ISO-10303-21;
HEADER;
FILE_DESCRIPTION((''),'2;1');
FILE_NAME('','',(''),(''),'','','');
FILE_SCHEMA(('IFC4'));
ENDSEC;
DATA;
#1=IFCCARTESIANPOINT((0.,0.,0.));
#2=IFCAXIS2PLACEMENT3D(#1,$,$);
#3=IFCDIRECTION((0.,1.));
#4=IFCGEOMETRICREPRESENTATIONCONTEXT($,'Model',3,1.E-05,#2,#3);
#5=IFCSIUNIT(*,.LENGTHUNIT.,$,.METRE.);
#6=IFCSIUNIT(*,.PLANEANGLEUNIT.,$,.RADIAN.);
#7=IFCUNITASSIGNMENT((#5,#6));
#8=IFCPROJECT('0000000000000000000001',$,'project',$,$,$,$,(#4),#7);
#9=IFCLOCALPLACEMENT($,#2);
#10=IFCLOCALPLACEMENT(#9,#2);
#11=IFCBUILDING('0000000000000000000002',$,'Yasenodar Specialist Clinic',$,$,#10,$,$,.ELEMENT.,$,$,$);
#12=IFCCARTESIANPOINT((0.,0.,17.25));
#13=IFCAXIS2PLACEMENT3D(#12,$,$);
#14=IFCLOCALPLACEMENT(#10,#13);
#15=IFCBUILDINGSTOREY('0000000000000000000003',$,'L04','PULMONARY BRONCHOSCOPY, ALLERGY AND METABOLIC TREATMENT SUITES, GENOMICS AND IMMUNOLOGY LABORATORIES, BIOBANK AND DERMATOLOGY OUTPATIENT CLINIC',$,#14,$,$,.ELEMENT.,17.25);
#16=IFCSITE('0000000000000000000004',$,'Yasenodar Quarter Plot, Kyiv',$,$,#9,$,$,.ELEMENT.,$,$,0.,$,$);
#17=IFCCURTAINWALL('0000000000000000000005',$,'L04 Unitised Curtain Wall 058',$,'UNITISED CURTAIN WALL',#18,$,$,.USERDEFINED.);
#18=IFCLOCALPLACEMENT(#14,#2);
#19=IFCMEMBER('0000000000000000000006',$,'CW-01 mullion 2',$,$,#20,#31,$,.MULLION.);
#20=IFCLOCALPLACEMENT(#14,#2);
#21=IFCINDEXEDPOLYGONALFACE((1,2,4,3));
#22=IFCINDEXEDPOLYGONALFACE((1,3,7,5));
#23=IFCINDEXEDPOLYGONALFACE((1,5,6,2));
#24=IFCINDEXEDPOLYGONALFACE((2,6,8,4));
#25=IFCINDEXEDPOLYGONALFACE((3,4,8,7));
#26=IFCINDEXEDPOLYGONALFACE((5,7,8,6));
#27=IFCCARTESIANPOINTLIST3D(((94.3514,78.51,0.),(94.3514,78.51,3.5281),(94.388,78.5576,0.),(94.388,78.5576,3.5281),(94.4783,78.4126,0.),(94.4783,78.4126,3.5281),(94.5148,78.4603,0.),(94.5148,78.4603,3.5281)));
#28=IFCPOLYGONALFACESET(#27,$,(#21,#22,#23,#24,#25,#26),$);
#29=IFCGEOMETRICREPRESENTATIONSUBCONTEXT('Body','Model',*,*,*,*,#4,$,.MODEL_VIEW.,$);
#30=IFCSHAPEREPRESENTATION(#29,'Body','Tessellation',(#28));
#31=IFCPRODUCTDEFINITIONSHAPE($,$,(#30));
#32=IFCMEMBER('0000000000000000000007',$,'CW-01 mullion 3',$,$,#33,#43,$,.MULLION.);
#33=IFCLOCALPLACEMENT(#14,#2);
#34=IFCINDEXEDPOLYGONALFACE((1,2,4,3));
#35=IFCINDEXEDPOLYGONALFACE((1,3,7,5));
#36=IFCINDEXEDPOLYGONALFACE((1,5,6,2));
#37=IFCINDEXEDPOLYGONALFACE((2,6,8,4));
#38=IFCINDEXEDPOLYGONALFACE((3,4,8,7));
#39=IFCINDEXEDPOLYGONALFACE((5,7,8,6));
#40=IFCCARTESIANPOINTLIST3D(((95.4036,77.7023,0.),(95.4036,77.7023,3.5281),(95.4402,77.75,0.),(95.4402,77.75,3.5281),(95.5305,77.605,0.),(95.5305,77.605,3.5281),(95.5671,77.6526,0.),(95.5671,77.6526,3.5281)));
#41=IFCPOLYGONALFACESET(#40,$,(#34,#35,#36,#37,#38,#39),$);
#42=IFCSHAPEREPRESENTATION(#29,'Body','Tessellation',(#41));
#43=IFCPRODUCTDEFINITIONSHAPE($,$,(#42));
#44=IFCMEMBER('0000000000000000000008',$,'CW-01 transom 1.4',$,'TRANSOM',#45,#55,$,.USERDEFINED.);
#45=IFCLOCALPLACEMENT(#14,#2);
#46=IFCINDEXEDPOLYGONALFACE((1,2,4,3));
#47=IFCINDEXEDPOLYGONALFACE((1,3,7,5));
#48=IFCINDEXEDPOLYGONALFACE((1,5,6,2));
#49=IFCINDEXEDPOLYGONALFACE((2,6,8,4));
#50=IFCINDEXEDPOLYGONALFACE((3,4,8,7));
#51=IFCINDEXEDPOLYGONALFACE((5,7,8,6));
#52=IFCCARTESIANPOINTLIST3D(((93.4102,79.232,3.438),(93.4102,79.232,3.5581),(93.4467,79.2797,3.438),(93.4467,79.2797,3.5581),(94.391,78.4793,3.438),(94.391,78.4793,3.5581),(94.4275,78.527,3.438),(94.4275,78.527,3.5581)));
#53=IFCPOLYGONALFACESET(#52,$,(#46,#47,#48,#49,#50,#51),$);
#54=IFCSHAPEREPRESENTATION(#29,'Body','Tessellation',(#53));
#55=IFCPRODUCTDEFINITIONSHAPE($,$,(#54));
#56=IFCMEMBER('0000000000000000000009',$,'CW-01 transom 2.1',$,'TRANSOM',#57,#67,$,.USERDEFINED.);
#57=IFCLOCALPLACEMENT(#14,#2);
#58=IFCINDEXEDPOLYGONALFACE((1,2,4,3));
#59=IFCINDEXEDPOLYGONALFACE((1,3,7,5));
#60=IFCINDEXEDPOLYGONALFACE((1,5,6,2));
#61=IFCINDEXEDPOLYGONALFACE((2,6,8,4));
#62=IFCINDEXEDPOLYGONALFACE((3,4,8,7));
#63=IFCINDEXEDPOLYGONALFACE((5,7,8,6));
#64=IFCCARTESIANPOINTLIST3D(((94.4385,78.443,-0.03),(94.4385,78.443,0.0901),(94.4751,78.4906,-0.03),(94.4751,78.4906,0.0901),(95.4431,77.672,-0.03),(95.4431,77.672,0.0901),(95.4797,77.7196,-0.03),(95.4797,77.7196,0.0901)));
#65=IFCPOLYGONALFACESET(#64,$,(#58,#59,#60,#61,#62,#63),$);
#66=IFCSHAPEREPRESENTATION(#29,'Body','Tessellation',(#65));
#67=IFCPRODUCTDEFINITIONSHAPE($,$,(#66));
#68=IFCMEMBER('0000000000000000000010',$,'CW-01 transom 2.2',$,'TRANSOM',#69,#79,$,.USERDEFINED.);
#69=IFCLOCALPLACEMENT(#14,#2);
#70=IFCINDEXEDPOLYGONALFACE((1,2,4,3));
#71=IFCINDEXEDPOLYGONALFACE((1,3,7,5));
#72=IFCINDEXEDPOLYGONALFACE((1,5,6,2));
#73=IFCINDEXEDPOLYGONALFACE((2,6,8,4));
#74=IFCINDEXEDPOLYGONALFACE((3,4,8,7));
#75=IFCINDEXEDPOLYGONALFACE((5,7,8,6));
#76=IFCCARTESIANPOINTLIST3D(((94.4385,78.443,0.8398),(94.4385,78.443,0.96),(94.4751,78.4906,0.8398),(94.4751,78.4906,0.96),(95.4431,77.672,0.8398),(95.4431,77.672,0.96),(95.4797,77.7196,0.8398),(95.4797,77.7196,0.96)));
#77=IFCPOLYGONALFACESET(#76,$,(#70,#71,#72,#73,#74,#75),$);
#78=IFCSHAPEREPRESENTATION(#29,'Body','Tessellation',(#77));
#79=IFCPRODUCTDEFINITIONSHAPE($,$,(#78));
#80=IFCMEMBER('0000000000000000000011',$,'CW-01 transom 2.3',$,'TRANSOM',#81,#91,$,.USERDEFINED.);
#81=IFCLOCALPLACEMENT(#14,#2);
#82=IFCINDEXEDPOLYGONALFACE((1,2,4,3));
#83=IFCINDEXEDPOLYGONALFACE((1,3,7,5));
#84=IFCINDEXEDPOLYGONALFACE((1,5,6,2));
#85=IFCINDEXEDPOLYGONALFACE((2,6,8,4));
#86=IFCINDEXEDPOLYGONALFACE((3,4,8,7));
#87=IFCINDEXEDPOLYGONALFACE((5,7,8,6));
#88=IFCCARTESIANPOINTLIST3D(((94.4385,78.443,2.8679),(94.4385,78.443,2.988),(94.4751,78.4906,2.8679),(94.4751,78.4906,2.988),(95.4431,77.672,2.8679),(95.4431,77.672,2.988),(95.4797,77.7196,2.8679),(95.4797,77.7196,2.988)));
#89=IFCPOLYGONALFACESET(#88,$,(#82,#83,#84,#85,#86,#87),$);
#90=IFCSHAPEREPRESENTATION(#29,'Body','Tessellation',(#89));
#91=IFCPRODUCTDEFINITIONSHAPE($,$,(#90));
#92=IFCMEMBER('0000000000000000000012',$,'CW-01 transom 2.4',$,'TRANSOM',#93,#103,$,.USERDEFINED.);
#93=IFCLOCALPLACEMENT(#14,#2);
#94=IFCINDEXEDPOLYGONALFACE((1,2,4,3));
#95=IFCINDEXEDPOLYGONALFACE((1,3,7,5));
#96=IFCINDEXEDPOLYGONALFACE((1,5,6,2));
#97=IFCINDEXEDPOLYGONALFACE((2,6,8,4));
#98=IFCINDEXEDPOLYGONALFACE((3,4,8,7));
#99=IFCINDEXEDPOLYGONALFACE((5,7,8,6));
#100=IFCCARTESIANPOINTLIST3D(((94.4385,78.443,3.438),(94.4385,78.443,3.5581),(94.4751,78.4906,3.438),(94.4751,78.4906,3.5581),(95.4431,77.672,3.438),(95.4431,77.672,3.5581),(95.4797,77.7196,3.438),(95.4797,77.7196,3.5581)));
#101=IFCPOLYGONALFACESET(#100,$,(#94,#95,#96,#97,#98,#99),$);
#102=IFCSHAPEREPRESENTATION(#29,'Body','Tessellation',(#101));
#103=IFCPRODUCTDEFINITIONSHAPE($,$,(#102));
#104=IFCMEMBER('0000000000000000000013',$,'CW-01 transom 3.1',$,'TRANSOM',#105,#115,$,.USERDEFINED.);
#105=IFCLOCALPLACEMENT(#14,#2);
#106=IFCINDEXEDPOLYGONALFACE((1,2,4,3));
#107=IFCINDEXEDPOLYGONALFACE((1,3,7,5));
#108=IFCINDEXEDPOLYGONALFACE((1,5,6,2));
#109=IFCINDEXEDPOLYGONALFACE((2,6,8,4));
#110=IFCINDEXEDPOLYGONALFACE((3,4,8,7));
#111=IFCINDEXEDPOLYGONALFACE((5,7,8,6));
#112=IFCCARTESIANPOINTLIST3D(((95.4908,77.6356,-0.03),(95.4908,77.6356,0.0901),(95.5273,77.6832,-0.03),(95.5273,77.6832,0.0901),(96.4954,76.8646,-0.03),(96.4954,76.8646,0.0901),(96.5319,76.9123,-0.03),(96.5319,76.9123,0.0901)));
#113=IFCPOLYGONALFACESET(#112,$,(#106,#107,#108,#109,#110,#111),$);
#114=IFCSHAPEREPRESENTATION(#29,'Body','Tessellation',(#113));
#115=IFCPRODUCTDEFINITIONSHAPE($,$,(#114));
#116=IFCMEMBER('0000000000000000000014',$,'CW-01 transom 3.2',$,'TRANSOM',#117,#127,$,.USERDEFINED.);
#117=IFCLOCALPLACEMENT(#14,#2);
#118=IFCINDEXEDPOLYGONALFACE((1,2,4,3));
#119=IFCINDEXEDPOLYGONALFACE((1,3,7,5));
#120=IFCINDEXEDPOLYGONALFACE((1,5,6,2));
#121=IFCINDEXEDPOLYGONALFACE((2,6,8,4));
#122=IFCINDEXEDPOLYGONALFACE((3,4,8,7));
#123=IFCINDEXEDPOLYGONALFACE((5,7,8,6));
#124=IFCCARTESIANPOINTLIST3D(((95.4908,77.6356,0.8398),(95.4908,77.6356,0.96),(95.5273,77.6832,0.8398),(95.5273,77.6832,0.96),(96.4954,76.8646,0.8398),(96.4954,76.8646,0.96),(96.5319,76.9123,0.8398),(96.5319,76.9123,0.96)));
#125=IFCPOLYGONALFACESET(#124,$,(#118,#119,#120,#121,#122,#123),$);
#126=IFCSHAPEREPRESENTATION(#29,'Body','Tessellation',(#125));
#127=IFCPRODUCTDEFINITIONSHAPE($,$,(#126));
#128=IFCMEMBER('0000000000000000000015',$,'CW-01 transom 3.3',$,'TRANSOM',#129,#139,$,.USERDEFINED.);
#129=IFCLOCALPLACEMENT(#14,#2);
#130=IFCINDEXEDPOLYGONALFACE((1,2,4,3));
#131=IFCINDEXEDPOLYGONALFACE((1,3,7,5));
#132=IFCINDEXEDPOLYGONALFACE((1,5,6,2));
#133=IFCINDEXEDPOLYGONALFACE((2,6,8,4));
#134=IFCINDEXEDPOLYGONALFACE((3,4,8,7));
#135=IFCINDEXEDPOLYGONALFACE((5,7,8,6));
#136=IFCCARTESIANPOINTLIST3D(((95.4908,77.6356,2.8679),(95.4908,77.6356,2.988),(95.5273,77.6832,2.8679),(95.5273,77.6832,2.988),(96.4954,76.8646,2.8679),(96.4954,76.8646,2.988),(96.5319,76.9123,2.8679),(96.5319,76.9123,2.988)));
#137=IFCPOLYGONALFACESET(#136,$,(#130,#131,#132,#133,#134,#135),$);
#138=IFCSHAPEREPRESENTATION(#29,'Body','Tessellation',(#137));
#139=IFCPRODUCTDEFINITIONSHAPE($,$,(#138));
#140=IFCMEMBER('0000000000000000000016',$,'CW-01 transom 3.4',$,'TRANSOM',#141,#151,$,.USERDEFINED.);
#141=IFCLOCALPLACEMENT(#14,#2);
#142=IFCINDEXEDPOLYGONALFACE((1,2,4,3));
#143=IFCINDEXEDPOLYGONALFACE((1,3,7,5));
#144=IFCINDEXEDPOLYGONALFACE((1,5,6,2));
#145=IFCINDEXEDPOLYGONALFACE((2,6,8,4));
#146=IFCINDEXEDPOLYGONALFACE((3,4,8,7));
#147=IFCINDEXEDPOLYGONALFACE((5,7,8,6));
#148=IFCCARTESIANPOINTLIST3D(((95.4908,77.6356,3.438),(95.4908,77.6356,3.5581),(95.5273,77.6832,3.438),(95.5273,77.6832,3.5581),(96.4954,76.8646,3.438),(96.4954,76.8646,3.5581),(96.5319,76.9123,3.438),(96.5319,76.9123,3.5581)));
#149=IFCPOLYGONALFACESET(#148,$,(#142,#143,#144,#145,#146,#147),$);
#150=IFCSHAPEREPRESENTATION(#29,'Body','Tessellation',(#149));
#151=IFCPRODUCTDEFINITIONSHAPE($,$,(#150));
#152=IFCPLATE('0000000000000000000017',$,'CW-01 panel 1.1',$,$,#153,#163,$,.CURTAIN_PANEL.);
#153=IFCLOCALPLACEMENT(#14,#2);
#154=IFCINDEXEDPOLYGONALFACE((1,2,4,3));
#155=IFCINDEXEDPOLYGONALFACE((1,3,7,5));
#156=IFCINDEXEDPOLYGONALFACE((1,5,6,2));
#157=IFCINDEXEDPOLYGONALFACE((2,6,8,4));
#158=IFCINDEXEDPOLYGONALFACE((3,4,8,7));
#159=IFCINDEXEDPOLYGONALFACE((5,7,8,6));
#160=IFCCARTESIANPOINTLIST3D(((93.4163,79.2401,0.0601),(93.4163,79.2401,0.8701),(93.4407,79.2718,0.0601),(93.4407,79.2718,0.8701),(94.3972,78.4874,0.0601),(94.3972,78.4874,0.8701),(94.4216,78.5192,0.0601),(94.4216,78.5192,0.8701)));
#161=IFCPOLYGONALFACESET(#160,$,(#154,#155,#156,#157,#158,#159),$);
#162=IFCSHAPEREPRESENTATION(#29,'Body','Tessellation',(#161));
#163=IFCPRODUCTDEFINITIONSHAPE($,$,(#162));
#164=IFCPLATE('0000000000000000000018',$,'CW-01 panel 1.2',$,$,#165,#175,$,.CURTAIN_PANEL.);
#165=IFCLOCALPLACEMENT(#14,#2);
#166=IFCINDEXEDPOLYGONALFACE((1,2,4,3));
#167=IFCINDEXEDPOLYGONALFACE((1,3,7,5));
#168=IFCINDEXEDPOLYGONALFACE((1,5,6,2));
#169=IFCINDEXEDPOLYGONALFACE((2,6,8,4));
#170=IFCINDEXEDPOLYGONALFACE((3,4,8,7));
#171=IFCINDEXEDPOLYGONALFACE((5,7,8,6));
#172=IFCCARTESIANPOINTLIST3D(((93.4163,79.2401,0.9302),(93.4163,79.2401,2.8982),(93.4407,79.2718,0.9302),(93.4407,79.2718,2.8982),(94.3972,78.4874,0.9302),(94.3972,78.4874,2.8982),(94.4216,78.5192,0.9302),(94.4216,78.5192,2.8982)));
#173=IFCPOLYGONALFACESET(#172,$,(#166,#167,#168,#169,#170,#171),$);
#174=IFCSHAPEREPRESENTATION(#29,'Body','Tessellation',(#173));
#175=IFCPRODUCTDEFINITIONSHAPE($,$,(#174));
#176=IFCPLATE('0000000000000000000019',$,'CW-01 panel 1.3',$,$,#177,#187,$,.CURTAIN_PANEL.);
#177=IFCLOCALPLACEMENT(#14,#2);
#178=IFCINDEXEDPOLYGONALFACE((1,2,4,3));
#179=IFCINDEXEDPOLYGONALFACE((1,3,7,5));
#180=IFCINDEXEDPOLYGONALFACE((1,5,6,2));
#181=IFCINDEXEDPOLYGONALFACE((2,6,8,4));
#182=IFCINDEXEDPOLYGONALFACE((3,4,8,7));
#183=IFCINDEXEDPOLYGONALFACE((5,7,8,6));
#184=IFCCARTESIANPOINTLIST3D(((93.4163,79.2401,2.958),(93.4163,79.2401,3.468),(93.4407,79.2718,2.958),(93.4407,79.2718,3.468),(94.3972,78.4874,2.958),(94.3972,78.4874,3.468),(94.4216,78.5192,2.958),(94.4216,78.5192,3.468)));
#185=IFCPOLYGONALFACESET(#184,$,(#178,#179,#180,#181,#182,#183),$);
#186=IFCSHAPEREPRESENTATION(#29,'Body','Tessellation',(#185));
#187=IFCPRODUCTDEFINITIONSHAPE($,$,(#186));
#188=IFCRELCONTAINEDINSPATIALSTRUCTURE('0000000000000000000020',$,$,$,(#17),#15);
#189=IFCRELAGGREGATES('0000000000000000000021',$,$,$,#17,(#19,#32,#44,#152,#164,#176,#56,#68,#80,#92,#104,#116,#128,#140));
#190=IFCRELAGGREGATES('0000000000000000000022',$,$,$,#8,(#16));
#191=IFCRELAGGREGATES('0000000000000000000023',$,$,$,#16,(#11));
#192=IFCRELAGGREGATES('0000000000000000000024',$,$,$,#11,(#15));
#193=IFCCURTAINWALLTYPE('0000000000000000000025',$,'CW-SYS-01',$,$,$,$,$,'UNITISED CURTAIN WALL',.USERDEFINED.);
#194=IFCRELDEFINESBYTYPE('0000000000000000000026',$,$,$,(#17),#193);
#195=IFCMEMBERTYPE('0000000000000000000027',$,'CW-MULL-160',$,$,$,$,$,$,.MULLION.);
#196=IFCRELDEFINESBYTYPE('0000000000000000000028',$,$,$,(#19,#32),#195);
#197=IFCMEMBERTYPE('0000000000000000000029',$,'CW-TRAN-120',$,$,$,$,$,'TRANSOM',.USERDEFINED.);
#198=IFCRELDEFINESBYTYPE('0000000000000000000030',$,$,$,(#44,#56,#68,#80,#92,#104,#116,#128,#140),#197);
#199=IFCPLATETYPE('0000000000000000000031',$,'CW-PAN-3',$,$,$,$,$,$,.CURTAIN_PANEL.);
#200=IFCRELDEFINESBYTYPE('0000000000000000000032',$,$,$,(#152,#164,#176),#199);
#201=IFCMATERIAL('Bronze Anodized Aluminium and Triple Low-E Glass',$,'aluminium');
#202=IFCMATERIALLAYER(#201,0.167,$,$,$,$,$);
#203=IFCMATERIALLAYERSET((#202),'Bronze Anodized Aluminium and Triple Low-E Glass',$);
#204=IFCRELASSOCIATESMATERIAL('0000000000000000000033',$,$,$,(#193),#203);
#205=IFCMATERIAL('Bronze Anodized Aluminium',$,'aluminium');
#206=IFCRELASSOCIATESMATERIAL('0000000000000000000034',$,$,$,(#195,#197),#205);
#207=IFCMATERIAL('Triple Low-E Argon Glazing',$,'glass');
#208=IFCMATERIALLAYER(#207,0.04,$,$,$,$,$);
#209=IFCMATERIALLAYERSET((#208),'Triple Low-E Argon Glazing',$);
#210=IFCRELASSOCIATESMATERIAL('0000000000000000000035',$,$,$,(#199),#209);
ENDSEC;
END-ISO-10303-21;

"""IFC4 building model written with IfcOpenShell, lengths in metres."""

from ifc_helpers import new_model, si_unit, direction, frame, origin, origin_2d, place, context, subcontext, project, spatial, rectangle, extrude, material, layer, layer_set, material_profile, profile_set, type_object, element, aggregate, save


model = new_model("IFC4")

# Units and contexts
model_context = context("Model", 3, precision=1e-05, world=origin(), true_north=direction((0.0, 1.0)))
body_context = subcontext(model_context, "Body", "Model", "MODEL_VIEW")
ifc_project = project(units=[si_unit("LENGTHUNIT", "METRE"), si_unit("PLANEANGLEUNIT", "RADIAN")], contexts=[model_context])

# Site, building, storey
site_placement = place(None, origin())
site = spatial("IfcSite", under=ifc_project, at=site_placement, Name="Yasenodar Quarter Plot, Kyiv", CompositionType="ELEMENT", RefElevation=0.0)
building_placement = place(site_placement, origin())
building = spatial("IfcBuilding", under=site, at=building_placement, Name="Yasenodar Specialist Clinic", CompositionType="ELEMENT")
storey_placement = place(building_placement, frame((0.0, 0.0, 17.25)))
storey = spatial("IfcBuildingStorey", under=building, at=storey_placement, Name="L04", Description="PULMONARY BRONCHOSCOPY, ALLERGY AND METABOLIC TREATMENT SUITES, GENOMICS AND IMMUNOLOGY LABORATORIES, BIOBANK AND DERMATOLOGY OUTPATIENT CLINIC", CompositionType="ELEMENT", Elevation=17.25)

# Curtain wall, members, plates
ifc_material_1 = material(Name="Bronze Anodized Aluminium and Triple Low-E Glass", Category="aluminium")
ifc_layer_1 = layer(ifc_material_1, 0.167)
ifc_layer_set_1 = layer_set([ifc_layer_1], Name="Bronze Anodized Aluminium and Triple Low-E Glass")
curtain_wall_type = type_object("IfcCurtainWallType", Name="CW-SYS-01", ElementType="UNITISED CURTAIN WALL", PredefinedType="USERDEFINED", material=ifc_layer_set_1)
curtain_wall_placement = place(storey_placement, origin())
curtain_wall = element("IfcCurtainWall", 1, at=curtain_wall_placement, inside=storey, type_object=curtain_wall_type, Name="L04 Unitised Curtain Wall 058", ObjectType="UNITISED CURTAIN WALL", PredefinedType="USERDEFINED")
ifc_material_2 = material(Name="Bronze Anodized Aluminium", Category="aluminium")
ifc_material_profile_1 = material_profile(ifc_material_2, rectangle(XDim=0.0601, YDim=0.1599, at=origin_2d()), Name="CW-MULL 60x160")
ifc_profile_set_1 = profile_set([ifc_material_profile_1], Name="Bronze Anodized Aluminium")
member_type_1 = type_object("IfcMemberType", Name="CW-MULL-160", PredefinedType="MULLION", material=ifc_profile_set_1)
member_1_placement = place(storey_placement, frame((94.4331, 78.4851, 0.0), z_axis=(0.0, 0.0, 1.0), x_axis=(0.608752, 0.793361, 0.0)))
member_1 = element("IfcMember", 2, at=member_1_placement, type_object=member_type_1, Name="CW-01 mullion 2", PredefinedType="MULLION", context=body_context, shape_type="SweptSolid", body=[
    extrude(rectangle(XDim=0.0601, YDim=0.1599, at=origin_2d()), origin(), (0.0, 0.0, 1.0), 3.5281),
])
member_2_placement = place(storey_placement, frame((95.4854, 77.6775, 0.0), z_axis=(0.0, 0.0, 1.0), x_axis=(0.608752, 0.793361, 0.0)))
member_2 = element("IfcMember", 3, at=member_2_placement, type_object=member_type_1, Name="CW-01 mullion 3", PredefinedType="MULLION", context=body_context, shape_type="SweptSolid", body=[
    extrude(rectangle(XDim=0.0601, YDim=0.1599, at=origin_2d()), origin(), (0.0, 0.0, 1.0), 3.5281),
])
ifc_material_profile_2 = material_profile(ifc_material_2, rectangle(XDim=0.0601, YDim=0.1201, at=origin_2d()), Name="CW-TRAN 60x120")
ifc_profile_set_2 = profile_set([ifc_material_profile_2], Name="Bronze Anodized Aluminium")
member_type_2 = type_object("IfcMemberType", Name="CW-TRAN-120", ElementType="TRANSOM", PredefinedType="USERDEFINED", material=ifc_profile_set_2)
member_3_placement = place(storey_placement, frame((93.4285, 79.2559, 3.498), z_axis=(0.793292, -0.608842, 0.0), x_axis=(0.608842, 0.793292, 0.0)))
member_3 = element("IfcMember", 4, at=member_3_placement, type_object=member_type_2, Name="CW-01 transom 1.4", ObjectType="TRANSOM", PredefinedType="USERDEFINED", context=body_context, shape_type="SweptSolid", body=[
    extrude(rectangle(XDim=0.0601, YDim=0.1201, at=origin_2d()), origin(), (0.0, 0.0, 1.0), 1.2363),
])
member_4_placement = place(storey_placement, frame((94.4568, 78.4668, 0.03), z_axis=(0.793311, -0.608816, 0.0), x_axis=(0.608816, 0.793311, 0.0)))
member_4 = element("IfcMember", 5, at=member_4_placement, type_object=member_type_2, Name="CW-01 transom 2.1", ObjectType="TRANSOM", PredefinedType="USERDEFINED", context=body_context, shape_type="SweptSolid", body=[
    extrude(rectangle(XDim=0.0601, YDim=0.1201, at=origin_2d()), origin(), (0.0, 0.0, 1.0), 1.2664),
])
member_5_placement = place(storey_placement, frame((94.4568, 78.4668, 0.8999), z_axis=(0.793311, -0.608816, 0.0), x_axis=(0.608816, 0.793311, 0.0)))
member_5 = element("IfcMember", 6, at=member_5_placement, type_object=member_type_2, Name="CW-01 transom 2.2", ObjectType="TRANSOM", PredefinedType="USERDEFINED", context=body_context, shape_type="SweptSolid", body=[
    extrude(rectangle(XDim=0.0601, YDim=0.1201, at=origin_2d()), origin(), (0.0, 0.0, 1.0), 1.2664),
])
member_6_placement = place(storey_placement, frame((94.4568, 78.4668, 2.928), z_axis=(0.793311, -0.608816, 0.0), x_axis=(0.608816, 0.793311, 0.0)))
member_6 = element("IfcMember", 7, at=member_6_placement, type_object=member_type_2, Name="CW-01 transom 2.3", ObjectType="TRANSOM", PredefinedType="USERDEFINED", context=body_context, shape_type="SweptSolid", body=[
    extrude(rectangle(XDim=0.0601, YDim=0.1201, at=origin_2d()), origin(), (0.0, 0.0, 1.0), 1.2664),
])
member_7_placement = place(storey_placement, frame((94.4568, 78.4668, 3.498), z_axis=(0.793311, -0.608816, 0.0), x_axis=(0.608816, 0.793311, 0.0)))
member_7 = element("IfcMember", 8, at=member_7_placement, type_object=member_type_2, Name="CW-01 transom 2.4", ObjectType="TRANSOM", PredefinedType="USERDEFINED", context=body_context, shape_type="SweptSolid", body=[
    extrude(rectangle(XDim=0.0601, YDim=0.1201, at=origin_2d()), origin(), (0.0, 0.0, 1.0), 1.2664),
])
member_8_placement = place(storey_placement, frame((95.509, 77.6594, 0.03), z_axis=(0.793311, -0.608816, 0.0), x_axis=(0.608816, 0.793311, 0.0)))
member_8 = element("IfcMember", 9, at=member_8_placement, type_object=member_type_2, Name="CW-01 transom 3.1", ObjectType="TRANSOM", PredefinedType="USERDEFINED", context=body_context, shape_type="SweptSolid", body=[
    extrude(rectangle(XDim=0.0601, YDim=0.1201, at=origin_2d()), origin(), (0.0, 0.0, 1.0), 1.2664),
])
member_9_placement = place(storey_placement, frame((95.509, 77.6594, 0.8999), z_axis=(0.793311, -0.608816, 0.0), x_axis=(0.608816, 0.793311, 0.0)))
member_9 = element("IfcMember", 10, at=member_9_placement, type_object=member_type_2, Name="CW-01 transom 3.2", ObjectType="TRANSOM", PredefinedType="USERDEFINED", context=body_context, shape_type="SweptSolid", body=[
    extrude(rectangle(XDim=0.0601, YDim=0.1201, at=origin_2d()), origin(), (0.0, 0.0, 1.0), 1.2664),
])
member_10_placement = place(storey_placement, frame((95.509, 77.6594, 2.928), z_axis=(0.793311, -0.608816, 0.0), x_axis=(0.608816, 0.793311, 0.0)))
member_10 = element("IfcMember", 11, at=member_10_placement, type_object=member_type_2, Name="CW-01 transom 3.3", ObjectType="TRANSOM", PredefinedType="USERDEFINED", context=body_context, shape_type="SweptSolid", body=[
    extrude(rectangle(XDim=0.0601, YDim=0.1201, at=origin_2d()), origin(), (0.0, 0.0, 1.0), 1.2664),
])
member_11_placement = place(storey_placement, frame((95.509, 77.6594, 3.498), z_axis=(0.793311, -0.608816, 0.0), x_axis=(0.608816, 0.793311, 0.0)))
member_11 = element("IfcMember", 12, at=member_11_placement, type_object=member_type_2, Name="CW-01 transom 3.4", ObjectType="TRANSOM", PredefinedType="USERDEFINED", context=body_context, shape_type="SweptSolid", body=[
    extrude(rectangle(XDim=0.0601, YDim=0.1201, at=origin_2d()), origin(), (0.0, 0.0, 1.0), 1.2664),
])
ifc_material_3 = material(Name="Triple Low-E Argon Glazing", Category="glass")
ifc_layer_2 = layer(ifc_material_3, 0.04)
ifc_layer_set_2 = layer_set([ifc_layer_2], Name="Triple Low-E Argon Glazing")
plate_type_1 = type_object("IfcPlateType", Name="CW-PAN-3", PredefinedType="CURTAIN_PANEL", material=ifc_layer_set_2)
plate_1_placement = place(storey_placement, frame((93.9189, 78.8796, 0.0601), z_axis=(0.0, 0.0, 1.0), x_axis=(0.793361, -0.608752, 0.0)))
plate_1 = element("IfcPlate", 13, at=plate_1_placement, type_object=plate_type_1, Name="CW-01 panel 1.1", PredefinedType="CURTAIN_PANEL", context=body_context, shape_type="SweptSolid", body=[
    extrude(rectangle(XDim=1.2363, YDim=0.04, at=origin_2d()), origin(), (0.0, 0.0, 1.0), 0.8101),
])
plate_2_placement = place(storey_placement, frame((93.9189, 78.8796, 0.9302), z_axis=(0.0, 0.0, 1.0), x_axis=(0.793361, -0.608752, 0.0)))
plate_2 = element("IfcPlate", 14, at=plate_2_placement, type_object=plate_type_1, Name="CW-01 panel 1.2", PredefinedType="CURTAIN_PANEL", context=body_context, shape_type="SweptSolid", body=[
    extrude(rectangle(XDim=1.2363, YDim=0.04, at=origin_2d()), origin(), (0.0, 0.0, 1.0), 1.968),
])
plate_3_placement = place(storey_placement, frame((93.9189, 78.8796, 2.958), z_axis=(0.0, 0.0, 1.0), x_axis=(0.793361, -0.608752, 0.0)))
plate_3 = element("IfcPlate", 15, at=plate_3_placement, type_object=plate_type_1, Name="CW-01 panel 1.3", PredefinedType="CURTAIN_PANEL", context=body_context, shape_type="SweptSolid", body=[
    extrude(rectangle(XDim=1.2363, YDim=0.04, at=origin_2d()), origin(), (0.0, 0.0, 1.0), 0.51),
])
aggregate(curtain_wall, [member_1, member_2, member_3, plate_1, plate_2, plate_3, member_4, member_5, member_6, member_7, member_8, member_9, member_10, member_11])

save(model, "model.ifc")
